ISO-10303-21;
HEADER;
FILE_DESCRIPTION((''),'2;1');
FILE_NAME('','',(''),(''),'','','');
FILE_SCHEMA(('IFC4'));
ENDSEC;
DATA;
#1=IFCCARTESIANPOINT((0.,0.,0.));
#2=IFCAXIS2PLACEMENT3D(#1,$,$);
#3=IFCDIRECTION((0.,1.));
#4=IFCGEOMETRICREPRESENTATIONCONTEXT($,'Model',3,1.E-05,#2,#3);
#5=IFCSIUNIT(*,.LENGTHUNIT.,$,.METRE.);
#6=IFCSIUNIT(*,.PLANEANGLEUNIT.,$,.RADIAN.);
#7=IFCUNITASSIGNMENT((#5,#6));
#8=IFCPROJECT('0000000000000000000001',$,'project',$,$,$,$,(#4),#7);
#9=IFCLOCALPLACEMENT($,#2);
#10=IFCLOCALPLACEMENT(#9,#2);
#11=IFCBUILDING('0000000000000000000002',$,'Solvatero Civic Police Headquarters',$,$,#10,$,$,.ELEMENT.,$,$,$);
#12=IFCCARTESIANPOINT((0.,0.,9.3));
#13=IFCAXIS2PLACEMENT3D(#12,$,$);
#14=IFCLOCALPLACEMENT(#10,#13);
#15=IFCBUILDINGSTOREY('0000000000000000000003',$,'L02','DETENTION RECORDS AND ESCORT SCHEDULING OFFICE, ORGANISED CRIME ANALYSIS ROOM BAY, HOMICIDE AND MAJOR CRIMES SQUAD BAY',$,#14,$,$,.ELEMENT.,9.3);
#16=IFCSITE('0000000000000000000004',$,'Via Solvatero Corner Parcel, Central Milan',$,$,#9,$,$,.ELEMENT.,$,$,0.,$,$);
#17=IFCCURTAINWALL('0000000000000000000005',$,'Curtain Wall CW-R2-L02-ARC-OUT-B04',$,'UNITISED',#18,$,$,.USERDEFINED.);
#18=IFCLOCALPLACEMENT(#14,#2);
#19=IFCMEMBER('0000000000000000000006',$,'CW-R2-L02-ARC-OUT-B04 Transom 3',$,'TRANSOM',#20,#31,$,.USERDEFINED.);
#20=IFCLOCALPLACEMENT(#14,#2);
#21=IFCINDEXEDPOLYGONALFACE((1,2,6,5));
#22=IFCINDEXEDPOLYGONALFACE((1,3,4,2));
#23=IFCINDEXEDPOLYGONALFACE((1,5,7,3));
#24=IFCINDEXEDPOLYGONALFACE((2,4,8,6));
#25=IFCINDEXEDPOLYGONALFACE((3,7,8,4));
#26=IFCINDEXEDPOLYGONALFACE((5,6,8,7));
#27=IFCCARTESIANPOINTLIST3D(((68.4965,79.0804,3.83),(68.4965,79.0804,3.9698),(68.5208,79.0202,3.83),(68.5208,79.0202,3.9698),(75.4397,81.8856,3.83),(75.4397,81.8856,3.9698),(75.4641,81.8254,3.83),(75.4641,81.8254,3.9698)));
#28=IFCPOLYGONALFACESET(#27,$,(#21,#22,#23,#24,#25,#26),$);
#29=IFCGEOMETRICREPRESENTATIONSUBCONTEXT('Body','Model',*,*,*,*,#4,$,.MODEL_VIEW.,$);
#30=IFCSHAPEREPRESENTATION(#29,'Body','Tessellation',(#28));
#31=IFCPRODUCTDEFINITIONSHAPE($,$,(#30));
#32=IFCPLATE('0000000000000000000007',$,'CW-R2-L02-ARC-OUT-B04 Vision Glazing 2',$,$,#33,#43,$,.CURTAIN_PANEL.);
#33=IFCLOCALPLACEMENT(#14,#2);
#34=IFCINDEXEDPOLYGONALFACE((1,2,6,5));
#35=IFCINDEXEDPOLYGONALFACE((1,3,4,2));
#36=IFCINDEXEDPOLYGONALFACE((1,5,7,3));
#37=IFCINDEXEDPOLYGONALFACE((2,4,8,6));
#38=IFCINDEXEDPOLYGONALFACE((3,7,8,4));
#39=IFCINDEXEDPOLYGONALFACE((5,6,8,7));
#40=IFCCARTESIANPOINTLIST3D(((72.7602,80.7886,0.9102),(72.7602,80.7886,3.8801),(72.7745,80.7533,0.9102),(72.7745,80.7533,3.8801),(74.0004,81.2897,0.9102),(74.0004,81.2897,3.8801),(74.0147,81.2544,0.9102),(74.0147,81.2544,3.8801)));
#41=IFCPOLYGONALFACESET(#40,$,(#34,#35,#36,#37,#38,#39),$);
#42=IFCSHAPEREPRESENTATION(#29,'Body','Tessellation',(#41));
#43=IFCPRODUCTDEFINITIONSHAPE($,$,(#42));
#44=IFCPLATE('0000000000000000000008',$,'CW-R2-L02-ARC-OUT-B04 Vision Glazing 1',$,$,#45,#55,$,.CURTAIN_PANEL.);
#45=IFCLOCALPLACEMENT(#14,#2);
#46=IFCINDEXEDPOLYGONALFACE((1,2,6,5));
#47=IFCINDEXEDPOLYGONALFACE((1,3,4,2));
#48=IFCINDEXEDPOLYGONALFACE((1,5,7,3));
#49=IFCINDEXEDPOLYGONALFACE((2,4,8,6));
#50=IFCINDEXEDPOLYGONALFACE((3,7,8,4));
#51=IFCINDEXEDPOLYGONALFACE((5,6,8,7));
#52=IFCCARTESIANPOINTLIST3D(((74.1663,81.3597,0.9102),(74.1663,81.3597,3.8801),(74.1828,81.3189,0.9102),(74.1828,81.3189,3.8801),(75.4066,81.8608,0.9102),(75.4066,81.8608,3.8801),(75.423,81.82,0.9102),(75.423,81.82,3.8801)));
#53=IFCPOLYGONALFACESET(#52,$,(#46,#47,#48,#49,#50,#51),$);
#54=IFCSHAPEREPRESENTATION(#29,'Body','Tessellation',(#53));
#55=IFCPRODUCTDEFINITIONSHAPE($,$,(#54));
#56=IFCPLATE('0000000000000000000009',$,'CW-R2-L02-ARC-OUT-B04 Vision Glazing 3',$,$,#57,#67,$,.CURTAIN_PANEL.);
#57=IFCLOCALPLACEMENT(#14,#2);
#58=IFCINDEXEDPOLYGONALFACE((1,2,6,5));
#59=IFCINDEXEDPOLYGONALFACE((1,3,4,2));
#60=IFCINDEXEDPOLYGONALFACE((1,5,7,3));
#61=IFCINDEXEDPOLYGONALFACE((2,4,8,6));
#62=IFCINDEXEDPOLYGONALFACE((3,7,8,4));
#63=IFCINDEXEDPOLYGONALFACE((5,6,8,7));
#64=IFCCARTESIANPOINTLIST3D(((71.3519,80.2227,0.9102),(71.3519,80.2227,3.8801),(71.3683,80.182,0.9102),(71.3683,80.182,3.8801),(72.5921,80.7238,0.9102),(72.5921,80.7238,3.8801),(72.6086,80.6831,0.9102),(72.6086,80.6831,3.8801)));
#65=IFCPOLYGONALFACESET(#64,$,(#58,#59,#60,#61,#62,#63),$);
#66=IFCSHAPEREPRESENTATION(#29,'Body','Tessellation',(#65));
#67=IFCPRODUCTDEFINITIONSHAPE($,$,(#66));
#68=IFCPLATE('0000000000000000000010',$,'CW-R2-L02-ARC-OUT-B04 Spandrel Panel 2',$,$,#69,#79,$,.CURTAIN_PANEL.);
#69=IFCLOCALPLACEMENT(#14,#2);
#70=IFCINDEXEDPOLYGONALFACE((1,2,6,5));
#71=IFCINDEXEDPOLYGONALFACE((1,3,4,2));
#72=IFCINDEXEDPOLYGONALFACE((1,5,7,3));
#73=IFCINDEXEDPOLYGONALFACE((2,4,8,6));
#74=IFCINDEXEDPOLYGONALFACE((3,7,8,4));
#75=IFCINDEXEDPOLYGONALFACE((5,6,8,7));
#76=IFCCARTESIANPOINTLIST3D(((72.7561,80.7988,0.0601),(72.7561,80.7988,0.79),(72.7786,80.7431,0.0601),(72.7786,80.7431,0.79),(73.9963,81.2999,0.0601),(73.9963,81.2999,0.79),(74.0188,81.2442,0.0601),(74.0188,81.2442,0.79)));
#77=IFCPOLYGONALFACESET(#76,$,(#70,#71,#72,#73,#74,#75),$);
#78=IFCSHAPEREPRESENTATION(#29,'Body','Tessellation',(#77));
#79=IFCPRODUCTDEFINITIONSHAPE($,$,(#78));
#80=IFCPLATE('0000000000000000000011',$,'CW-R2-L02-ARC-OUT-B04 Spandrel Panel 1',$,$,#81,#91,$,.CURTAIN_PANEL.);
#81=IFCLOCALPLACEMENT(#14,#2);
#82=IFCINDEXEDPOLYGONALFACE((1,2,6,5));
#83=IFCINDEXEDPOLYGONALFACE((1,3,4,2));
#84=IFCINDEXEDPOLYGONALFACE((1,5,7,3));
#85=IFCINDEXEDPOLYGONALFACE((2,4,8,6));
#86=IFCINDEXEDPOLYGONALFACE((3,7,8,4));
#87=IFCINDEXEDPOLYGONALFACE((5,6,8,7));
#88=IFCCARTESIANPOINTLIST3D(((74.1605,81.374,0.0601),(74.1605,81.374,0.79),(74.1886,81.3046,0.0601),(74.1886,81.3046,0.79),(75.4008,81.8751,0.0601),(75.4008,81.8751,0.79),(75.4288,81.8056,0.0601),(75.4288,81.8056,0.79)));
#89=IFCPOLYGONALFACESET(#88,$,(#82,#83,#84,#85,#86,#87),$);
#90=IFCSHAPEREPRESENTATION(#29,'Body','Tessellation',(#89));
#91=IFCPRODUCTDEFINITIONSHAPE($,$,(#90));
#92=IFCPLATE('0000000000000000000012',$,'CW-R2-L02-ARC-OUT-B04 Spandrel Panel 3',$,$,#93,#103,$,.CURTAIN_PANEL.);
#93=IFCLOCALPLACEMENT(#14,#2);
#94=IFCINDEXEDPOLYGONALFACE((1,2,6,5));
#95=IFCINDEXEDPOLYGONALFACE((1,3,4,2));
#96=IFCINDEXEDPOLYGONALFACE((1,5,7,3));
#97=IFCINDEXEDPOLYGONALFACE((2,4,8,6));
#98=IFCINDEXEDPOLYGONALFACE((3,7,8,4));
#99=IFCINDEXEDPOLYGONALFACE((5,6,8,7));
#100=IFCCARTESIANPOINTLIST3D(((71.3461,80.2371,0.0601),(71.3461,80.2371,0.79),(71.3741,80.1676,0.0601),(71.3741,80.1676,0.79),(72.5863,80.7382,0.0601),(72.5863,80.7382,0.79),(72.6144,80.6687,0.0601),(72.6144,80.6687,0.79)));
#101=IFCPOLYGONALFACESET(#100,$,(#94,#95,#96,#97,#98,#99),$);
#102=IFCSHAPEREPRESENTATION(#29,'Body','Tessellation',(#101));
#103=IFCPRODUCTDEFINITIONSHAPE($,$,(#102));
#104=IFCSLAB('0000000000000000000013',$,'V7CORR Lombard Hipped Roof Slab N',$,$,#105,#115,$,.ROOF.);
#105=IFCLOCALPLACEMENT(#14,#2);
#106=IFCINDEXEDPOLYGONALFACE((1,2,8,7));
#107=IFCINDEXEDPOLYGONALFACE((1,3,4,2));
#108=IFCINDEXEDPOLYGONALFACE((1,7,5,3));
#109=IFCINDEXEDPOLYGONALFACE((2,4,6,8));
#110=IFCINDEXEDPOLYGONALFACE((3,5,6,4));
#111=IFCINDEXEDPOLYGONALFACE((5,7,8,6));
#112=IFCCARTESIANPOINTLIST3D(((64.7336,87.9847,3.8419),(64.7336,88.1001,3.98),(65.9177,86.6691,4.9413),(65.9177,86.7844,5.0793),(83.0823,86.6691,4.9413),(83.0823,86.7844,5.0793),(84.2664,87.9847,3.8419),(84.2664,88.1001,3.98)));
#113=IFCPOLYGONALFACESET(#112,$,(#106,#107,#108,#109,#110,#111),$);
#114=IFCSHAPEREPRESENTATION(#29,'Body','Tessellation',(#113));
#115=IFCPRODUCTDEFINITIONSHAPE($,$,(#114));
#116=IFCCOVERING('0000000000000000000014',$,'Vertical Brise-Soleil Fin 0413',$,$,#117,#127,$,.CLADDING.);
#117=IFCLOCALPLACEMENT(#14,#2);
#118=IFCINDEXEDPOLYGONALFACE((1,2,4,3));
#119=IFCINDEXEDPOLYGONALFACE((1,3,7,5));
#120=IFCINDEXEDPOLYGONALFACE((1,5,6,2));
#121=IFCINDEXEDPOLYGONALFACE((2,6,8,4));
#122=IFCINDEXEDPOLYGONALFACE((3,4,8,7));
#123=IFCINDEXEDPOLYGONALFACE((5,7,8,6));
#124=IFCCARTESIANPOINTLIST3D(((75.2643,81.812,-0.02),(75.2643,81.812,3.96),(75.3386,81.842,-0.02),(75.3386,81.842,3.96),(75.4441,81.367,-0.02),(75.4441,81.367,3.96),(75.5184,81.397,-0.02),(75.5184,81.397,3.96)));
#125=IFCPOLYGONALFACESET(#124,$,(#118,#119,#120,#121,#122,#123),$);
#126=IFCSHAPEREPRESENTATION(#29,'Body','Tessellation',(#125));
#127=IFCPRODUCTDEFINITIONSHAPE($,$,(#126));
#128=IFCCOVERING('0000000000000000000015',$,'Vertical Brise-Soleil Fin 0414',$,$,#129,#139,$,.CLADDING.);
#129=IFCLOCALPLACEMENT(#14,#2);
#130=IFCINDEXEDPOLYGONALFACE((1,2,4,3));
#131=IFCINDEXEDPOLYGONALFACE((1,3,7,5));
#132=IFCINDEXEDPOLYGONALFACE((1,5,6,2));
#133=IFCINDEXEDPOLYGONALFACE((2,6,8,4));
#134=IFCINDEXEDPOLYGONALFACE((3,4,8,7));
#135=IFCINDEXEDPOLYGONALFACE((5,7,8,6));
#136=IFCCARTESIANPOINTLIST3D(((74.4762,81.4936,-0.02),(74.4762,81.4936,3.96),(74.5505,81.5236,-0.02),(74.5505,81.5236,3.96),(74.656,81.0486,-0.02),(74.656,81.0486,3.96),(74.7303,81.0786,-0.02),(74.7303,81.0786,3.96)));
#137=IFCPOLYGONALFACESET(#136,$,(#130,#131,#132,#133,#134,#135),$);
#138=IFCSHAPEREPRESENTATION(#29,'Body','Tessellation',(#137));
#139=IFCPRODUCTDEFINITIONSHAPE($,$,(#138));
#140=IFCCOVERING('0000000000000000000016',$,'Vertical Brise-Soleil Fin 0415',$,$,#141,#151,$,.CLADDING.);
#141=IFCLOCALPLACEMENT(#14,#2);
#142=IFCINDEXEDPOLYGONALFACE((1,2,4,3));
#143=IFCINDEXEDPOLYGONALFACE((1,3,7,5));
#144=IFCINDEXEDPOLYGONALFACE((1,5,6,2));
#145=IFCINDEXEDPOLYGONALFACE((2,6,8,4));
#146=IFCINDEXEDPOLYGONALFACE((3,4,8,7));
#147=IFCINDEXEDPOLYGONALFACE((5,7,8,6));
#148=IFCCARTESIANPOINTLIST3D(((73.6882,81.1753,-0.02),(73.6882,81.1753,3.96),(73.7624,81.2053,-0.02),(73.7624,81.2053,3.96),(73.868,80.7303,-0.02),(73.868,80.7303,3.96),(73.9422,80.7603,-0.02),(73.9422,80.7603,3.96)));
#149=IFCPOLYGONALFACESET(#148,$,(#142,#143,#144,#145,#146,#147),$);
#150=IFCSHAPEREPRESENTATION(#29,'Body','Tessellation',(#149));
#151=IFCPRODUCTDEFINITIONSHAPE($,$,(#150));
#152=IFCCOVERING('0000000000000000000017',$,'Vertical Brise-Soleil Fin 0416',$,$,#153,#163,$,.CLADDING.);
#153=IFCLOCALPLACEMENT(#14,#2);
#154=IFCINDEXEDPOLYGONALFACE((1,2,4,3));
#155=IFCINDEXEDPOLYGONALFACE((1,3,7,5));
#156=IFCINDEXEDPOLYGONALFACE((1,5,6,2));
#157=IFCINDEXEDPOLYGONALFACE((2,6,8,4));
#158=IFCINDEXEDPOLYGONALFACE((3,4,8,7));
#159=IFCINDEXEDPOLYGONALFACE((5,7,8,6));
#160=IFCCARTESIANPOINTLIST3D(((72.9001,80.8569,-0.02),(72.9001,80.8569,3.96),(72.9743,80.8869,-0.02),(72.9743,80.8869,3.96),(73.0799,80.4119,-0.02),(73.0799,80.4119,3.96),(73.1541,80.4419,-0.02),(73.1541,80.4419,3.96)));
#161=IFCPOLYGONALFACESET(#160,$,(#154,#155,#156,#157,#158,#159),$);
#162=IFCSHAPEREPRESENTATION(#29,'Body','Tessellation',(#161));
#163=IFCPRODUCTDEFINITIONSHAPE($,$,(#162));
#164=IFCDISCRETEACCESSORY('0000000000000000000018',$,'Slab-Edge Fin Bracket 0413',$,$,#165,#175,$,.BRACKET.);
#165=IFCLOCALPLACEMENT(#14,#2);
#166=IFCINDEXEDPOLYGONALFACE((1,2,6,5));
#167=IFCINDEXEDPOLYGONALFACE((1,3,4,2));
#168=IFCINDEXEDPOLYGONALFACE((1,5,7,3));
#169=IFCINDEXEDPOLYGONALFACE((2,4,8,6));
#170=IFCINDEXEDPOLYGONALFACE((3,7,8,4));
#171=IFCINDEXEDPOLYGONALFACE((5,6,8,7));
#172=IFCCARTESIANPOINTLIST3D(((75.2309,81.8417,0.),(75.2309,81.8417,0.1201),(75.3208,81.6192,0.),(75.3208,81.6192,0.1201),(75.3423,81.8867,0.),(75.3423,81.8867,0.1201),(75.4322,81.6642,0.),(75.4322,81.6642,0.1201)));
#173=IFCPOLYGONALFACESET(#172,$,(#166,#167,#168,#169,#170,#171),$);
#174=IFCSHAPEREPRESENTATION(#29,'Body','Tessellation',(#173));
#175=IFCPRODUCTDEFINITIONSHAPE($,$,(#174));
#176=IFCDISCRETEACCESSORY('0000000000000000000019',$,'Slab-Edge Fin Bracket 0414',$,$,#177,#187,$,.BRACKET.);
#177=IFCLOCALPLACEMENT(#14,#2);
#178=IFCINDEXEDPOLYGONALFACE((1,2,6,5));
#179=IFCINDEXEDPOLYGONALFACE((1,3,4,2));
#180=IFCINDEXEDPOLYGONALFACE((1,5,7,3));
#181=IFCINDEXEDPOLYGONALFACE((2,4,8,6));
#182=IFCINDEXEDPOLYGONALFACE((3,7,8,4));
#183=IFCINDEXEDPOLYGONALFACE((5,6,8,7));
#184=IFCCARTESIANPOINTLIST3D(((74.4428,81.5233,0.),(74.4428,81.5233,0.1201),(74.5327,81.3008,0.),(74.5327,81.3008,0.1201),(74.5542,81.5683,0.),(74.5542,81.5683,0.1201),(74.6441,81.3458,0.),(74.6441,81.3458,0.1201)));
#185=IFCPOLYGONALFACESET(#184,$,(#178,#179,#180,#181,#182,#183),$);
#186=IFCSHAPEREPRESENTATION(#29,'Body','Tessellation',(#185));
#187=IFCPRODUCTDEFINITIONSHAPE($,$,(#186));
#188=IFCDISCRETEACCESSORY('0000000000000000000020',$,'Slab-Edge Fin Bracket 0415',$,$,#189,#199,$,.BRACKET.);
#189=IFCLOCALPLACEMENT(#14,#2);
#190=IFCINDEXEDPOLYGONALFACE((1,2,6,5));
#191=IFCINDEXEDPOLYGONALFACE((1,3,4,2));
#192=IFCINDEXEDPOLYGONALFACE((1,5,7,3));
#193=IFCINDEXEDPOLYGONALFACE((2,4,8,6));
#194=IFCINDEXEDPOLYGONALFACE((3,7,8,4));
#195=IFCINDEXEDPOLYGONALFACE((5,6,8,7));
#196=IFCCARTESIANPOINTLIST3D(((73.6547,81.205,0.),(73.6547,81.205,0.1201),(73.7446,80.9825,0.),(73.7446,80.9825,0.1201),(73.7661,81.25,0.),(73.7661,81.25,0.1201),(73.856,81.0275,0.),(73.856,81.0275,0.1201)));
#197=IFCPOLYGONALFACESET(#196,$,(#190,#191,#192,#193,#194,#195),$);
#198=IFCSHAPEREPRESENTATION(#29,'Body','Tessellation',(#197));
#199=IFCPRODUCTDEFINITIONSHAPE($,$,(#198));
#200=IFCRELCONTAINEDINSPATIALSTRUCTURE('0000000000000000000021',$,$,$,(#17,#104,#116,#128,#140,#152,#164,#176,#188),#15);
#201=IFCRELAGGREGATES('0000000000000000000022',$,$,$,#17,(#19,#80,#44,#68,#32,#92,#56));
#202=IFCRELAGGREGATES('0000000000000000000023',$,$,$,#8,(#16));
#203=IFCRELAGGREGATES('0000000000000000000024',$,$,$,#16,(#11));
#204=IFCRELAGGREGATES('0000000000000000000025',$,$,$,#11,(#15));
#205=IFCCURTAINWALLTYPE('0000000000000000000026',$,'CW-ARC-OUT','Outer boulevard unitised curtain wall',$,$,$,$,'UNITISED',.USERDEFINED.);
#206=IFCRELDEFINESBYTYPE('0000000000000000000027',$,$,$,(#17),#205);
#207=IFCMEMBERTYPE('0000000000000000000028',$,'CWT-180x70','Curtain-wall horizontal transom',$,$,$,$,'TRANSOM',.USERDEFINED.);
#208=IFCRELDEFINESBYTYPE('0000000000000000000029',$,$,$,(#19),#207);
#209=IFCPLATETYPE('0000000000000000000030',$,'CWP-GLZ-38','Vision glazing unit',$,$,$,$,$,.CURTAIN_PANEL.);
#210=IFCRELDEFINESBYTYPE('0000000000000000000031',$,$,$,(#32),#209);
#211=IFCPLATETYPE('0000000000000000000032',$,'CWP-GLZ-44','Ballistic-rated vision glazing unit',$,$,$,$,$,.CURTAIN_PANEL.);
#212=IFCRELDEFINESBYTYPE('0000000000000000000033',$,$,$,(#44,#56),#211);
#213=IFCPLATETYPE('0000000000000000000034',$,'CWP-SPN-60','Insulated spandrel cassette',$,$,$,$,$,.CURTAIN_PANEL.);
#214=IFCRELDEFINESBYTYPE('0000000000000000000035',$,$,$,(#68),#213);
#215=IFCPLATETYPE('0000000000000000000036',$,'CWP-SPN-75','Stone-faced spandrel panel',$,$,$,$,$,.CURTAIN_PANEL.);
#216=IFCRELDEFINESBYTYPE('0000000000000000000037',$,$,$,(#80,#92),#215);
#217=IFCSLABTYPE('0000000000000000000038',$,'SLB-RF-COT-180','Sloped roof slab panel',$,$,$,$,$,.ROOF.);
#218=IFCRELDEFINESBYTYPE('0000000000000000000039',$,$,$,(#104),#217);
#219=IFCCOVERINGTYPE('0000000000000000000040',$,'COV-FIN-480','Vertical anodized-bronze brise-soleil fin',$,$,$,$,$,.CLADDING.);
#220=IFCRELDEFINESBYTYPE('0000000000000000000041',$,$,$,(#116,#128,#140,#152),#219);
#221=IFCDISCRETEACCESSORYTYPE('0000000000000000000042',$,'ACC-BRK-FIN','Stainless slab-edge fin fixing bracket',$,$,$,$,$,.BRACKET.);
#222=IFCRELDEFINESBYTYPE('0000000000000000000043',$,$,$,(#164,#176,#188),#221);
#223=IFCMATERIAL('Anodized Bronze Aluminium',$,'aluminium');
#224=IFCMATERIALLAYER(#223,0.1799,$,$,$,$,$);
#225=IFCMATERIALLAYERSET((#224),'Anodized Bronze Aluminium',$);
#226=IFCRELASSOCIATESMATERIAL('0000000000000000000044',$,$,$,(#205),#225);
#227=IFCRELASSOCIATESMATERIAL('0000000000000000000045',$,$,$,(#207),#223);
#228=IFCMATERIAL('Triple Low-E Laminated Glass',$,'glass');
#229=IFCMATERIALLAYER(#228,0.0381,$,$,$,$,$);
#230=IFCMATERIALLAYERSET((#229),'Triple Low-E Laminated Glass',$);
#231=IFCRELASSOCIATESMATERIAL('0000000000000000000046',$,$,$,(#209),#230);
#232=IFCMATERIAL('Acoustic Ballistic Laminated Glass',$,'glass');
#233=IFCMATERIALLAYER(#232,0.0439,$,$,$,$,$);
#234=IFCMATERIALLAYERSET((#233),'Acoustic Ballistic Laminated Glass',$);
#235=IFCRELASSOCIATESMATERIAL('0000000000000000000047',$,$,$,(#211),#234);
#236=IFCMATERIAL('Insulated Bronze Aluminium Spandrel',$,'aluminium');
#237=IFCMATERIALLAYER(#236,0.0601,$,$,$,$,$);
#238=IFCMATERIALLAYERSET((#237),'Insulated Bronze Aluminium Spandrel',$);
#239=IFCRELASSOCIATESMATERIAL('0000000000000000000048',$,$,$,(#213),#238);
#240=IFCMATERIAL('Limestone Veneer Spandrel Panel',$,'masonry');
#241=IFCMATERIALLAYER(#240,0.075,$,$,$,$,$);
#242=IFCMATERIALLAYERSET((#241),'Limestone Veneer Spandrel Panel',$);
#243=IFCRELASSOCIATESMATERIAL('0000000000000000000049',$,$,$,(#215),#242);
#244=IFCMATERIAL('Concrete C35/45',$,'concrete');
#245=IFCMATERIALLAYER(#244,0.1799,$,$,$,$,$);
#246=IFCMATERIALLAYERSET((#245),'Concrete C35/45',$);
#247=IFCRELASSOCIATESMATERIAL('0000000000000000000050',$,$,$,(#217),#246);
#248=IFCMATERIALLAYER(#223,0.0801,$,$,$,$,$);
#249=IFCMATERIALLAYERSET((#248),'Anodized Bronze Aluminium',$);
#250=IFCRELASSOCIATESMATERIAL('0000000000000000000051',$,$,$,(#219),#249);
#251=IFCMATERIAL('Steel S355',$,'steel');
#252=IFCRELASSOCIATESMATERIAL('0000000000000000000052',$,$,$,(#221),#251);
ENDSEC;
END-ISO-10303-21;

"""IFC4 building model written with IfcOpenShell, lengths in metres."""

from ifc_helpers import new_model, si_unit, direction, frame, origin, origin_2d, place, context, subcontext, project, spatial, polyline, rectangle, outline, extrude, material, layer, layer_set, material_profile, profile_set, type_object, element, aggregate, save


model = new_model("IFC4")

# Units and contexts
model_context = context("Model", 3, precision=1e-05, world=origin(), true_north=direction((0.0, 1.0)))
body_context = subcontext(model_context, "Body", "Model", "MODEL_VIEW")
ifc_project = project(units=[si_unit("LENGTHUNIT", "METRE"), si_unit("PLANEANGLEUNIT", "RADIAN")], contexts=[model_context])

# Site, building, storey
site_placement = place(None, origin())
site = spatial("IfcSite", under=ifc_project, at=site_placement, Name="Via Solvatero Corner Parcel, Central Milan", CompositionType="ELEMENT", RefElevation=0.0)
building_placement = place(site_placement, origin())
building = spatial("IfcBuilding", under=site, at=building_placement, Name="Solvatero Civic Police Headquarters", CompositionType="ELEMENT")
storey_placement = place(building_placement, frame((0.0, 0.0, 9.3)))
storey = spatial("IfcBuildingStorey", under=building, at=storey_placement, Name="L02", Description="DETENTION RECORDS AND ESCORT SCHEDULING OFFICE, ORGANISED CRIME ANALYSIS ROOM BAY, HOMICIDE AND MAJOR CRIMES SQUAD BAY", CompositionType="ELEMENT", Elevation=9.3)

# Shared definitions
ifc_material_1 = material(Name="Steel S355", Category="steel")

# Shared definitions
ifc_material_2 = material(Name="Anodized Bronze Aluminium", Category="aluminium")
ifc_layer_1 = layer(ifc_material_2, 0.1799)
ifc_layer_set_1 = layer_set([ifc_layer_1], Name="Anodized Bronze Aluminium")
curtain_wall_type = type_object("IfcCurtainWallType", Name="CW-ARC-OUT", Description="Outer boulevard unitised curtain wall", ElementType="UNITISED", PredefinedType="USERDEFINED", material=ifc_layer_set_1)

# Curtain wall, member, plates
curtain_wall_1_placement = place(storey_placement, origin())
curtain_wall_1 = element("IfcCurtainWall", 1, at=curtain_wall_1_placement, inside=storey, type_object=curtain_wall_type, Name="Curtain Wall CW-R2-L02-ARC-OUT-B04", ObjectType="UNITISED", PredefinedType="USERDEFINED")
ifc_material_profile_1 = material_profile(ifc_material_2, rectangle(XDim=0.0649, YDim=0.1399, at=origin_2d()), Name="ALU TRANSOM 65x140")
ifc_profile_set_1 = profile_set([ifc_material_profile_1], Name="Anodized Bronze Aluminium")
member_type_1 = type_object("IfcMemberType", Name="CWT-180x70", Description="Curtain-wall horizontal transom", ElementType="TRANSOM", PredefinedType="USERDEFINED", material=ifc_profile_set_1)
member_1_placement = place(storey_placement, frame((75.4519, 81.8555, 3.8999), z_axis=(-0.92719, -0.374592, 0.0), x_axis=(0.374592, -0.92719, 0.0)))
member_1 = element("IfcMember", 2, at=member_1_placement, type_object=member_type_1, Name="CW-R2-L02-ARC-OUT-B04 Transom 3", ObjectType="TRANSOM", PredefinedType="USERDEFINED", context=body_context, shape_type="SweptSolid", body=[
    extrude(rectangle(XDim=0.0649, YDim=0.1399, at=origin_2d()), origin(), (0.0, 0.0, 1.0), 7.4885),
])
ifc_material_3 = material(Name="Triple Low-E Laminated Glass", Category="glass")
ifc_layer_2 = layer(ifc_material_3, 0.0381)
ifc_layer_set_2 = layer_set([ifc_layer_2], Name="Triple Low-E Laminated Glass")
plate_type_1 = type_object("IfcPlateType", Name="CWP-GLZ-38", Description="Vision glazing unit", PredefinedType="CURTAIN_PANEL", material=ifc_layer_set_2)
plate_1_placement = place(storey_placement, frame((73.3875, 81.0215, 0.9102), z_axis=(0.0, 0.0, 1.0), x_axis=(-0.927184, -0.374607, 0.0)))
plate_1 = element("IfcPlate", 3, at=plate_1_placement, type_object=plate_type_1, Name="CW-R2-L02-ARC-OUT-B04 Vision Glazing 2", PredefinedType="CURTAIN_PANEL", context=body_context, shape_type="SweptSolid", body=[
    extrude(rectangle(XDim=1.3376, YDim=0.0381, at=origin_2d()), origin(), (0.0, 0.0, 1.0), 2.97),
])
ifc_material_4 = material(Name="Acoustic Ballistic Laminated Glass", Category="glass")
ifc_layer_3 = layer(ifc_material_4, 0.0439)
ifc_layer_set_3 = layer_set([ifc_layer_3], Name="Acoustic Ballistic Laminated Glass")
plate_type_2 = type_object("IfcPlateType", Name="CWP-GLZ-44", Description="Ballistic-rated vision glazing unit", PredefinedType="CURTAIN_PANEL", material=ifc_layer_set_3)
plate_2_placement = place(storey_placement, frame((74.7947, 81.5898, 0.9102), z_axis=(0.0, 0.0, 1.0), x_axis=(-0.927184, -0.374607, 0.0)))
plate_2 = element("IfcPlate", 4, at=plate_2_placement, type_object=plate_type_2, Name="CW-R2-L02-ARC-OUT-B04 Vision Glazing 1", PredefinedType="CURTAIN_PANEL", context=body_context, shape_type="SweptSolid", body=[
    extrude(rectangle(XDim=1.3376, YDim=0.0439, at=origin_2d()), origin(), (0.0, 0.0, 1.0), 2.97),
])
plate_3_placement = place(storey_placement, frame((71.9802, 80.4529, 0.9102), z_axis=(0.0, 0.0, 1.0), x_axis=(-0.927184, -0.374607, 0.0)))
plate_3 = element("IfcPlate", 5, at=plate_3_placement, type_object=plate_type_2, Name="CW-R2-L02-ARC-OUT-B04 Vision Glazing 3", PredefinedType="CURTAIN_PANEL", context=body_context, shape_type="SweptSolid", body=[
    extrude(rectangle(XDim=1.3376, YDim=0.0439, at=origin_2d()), origin(), (0.0, 0.0, 1.0), 2.97),
])
ifc_material_5 = material(Name="Insulated Bronze Aluminium Spandrel", Category="aluminium")
ifc_layer_4 = layer(ifc_material_5, 0.0601)
ifc_layer_set_4 = layer_set([ifc_layer_4], Name="Insulated Bronze Aluminium Spandrel")
plate_type_3 = type_object("IfcPlateType", Name="CWP-SPN-60", Description="Insulated spandrel cassette", PredefinedType="CURTAIN_PANEL", material=ifc_layer_set_4)
plate_4_placement = place(storey_placement, frame((73.3875, 81.0215, 0.0601), z_axis=(0.0, 0.0, 1.0), x_axis=(-0.927184, -0.374607, 0.0)))
plate_4 = element("IfcPlate", 6, at=plate_4_placement, type_object=plate_type_3, Name="CW-R2-L02-ARC-OUT-B04 Spandrel Panel 2", PredefinedType="CURTAIN_PANEL", context=body_context, shape_type="SweptSolid", body=[
    extrude(rectangle(XDim=1.3376, YDim=0.0601, at=origin_2d()), origin(), (0.0, 0.0, 1.0), 0.73),
])
ifc_material_6 = material(Name="Limestone Veneer Spandrel Panel", Category="masonry")
ifc_layer_5 = layer(ifc_material_6, 0.075)
ifc_layer_set_5 = layer_set([ifc_layer_5], Name="Limestone Veneer Spandrel Panel")
plate_type_4 = type_object("IfcPlateType", Name="CWP-SPN-75", Description="Stone-faced spandrel panel", PredefinedType="CURTAIN_PANEL", material=ifc_layer_set_5)
plate_5_placement = place(storey_placement, frame((74.7947, 81.5898, 0.0601), z_axis=(0.0, 0.0, 1.0), x_axis=(-0.927184, -0.374607, 0.0)))
plate_5 = element("IfcPlate", 7, at=plate_5_placement, type_object=plate_type_4, Name="CW-R2-L02-ARC-OUT-B04 Spandrel Panel 1", PredefinedType="CURTAIN_PANEL", context=body_context, shape_type="SweptSolid", body=[
    extrude(rectangle(XDim=1.3376, YDim=0.075, at=origin_2d()), origin(), (0.0, 0.0, 1.0), 0.73),
])
plate_6_placement = place(storey_placement, frame((71.9802, 80.4529, 0.0601), z_axis=(0.0, 0.0, 1.0), x_axis=(-0.927184, -0.374607, 0.0)))
plate_6 = element("IfcPlate", 8, at=plate_6_placement, type_object=plate_type_4, Name="CW-R2-L02-ARC-OUT-B04 Spandrel Panel 3", PredefinedType="CURTAIN_PANEL", context=body_context, shape_type="SweptSolid", body=[
    extrude(rectangle(XDim=1.3376, YDim=0.075, at=origin_2d()), origin(), (0.0, 0.0, 1.0), 0.73),
])
aggregate(curtain_wall_1, [member_1, plate_5, plate_2, plate_4, plate_1, plate_6, plate_3])

# Slab
ifc_material_7 = material(Name="Concrete C35/45", Category="concrete")
ifc_layer_6 = layer(ifc_material_7, 0.1799)
ifc_layer_set_6 = layer_set([ifc_layer_6], Name="Concrete C35/45")
slab_type = type_object("IfcSlabType", Name="SLB-RF-COT-180", Description="Sloped roof slab panel", PredefinedType="ROOF", material=ifc_layer_set_6)
slab_placement = place(storey_placement, frame((65.9177, 86.7844, 5.0793), z_axis=(0.0, 0.641206, 0.767369), x_axis=(-0.568269, 0.631423, -0.527612)))
element("IfcSlab", 9, at=slab_placement, inside=storey, type_object=slab_type, Name="V7CORR Lombard Hipped Roof Slab N", PredefinedType="ROOF", context=body_context, shape_type="SweptSolid", body=[
    extrude(outline(polyline([(0.0, 0.0), (2.0837, 0.0), (-9.0162, -16.0723), (-9.7541, -14.1237), (0.0, 0.0)])), origin(), (0.0, 0.0, -1.0), 0.1799),
])

# Coverings
ifc_layer_7 = layer(ifc_material_2, 0.0801)
ifc_layer_set_7 = layer_set([ifc_layer_7], Name="Anodized Bronze Aluminium")
covering_type = type_object("IfcCoveringType", Name="COV-FIN-480", Description="Vertical anodized-bronze brise-soleil fin", PredefinedType="CLADDING", material=ifc_layer_set_7)
for number, where, z_axis, x_axis, name in (
    (10, (75.3914, 81.6045, -0.02), (0.0, 0.0, 1.0), (-0.927184, -0.374607, 0.0), "Vertical Brise-Soleil Fin 0413"),
    (11, (74.6033, 81.2861, -0.02), (0.0, 0.0, 1.0), (-0.927184, -0.374607, 0.0), "Vertical Brise-Soleil Fin 0414"),
    (12, (73.8152, 80.9678, -0.02), (0.0, 0.0, 1.0), (-0.927184, -0.374607, 0.0), "Vertical Brise-Soleil Fin 0415"),
    (13, (73.0271, 80.6494, -0.02), (0.0, 0.0, 1.0), (-0.927184, -0.374607, 0.0), "Vertical Brise-Soleil Fin 0416"),
):
    element("IfcCovering", number, at=place(storey_placement, frame(where, z_axis=z_axis, x_axis=x_axis)), inside=storey, type_object=covering_type, Name=name, PredefinedType="CLADDING", context=body_context, shape_type="SweptSolid", body=[
        extrude(rectangle(XDim=0.0801, YDim=0.48, at=origin_2d()), origin(), (0.0, 0.0, 1.0), 3.98),
    ])

# Discrete accessories
discrete_accessory_type = type_object("IfcDiscreteAccessoryType", Name="ACC-BRK-FIN", Description="Stainless slab-edge fin fixing bracket", PredefinedType="BRACKET", material=ifc_material_1)
for number, where, z_axis, x_axis, name in (
    (14, (75.3315, 81.7529, 0.0), (0.0, 0.0, 1.0), (-0.927184, -0.374607, 0.0), "Slab-Edge Fin Bracket 0413"),
    (15, (74.5435, 81.4346, 0.0), (0.0, 0.0, 1.0), (-0.927184, -0.374607, 0.0), "Slab-Edge Fin Bracket 0414"),
    (16, (73.7554, 81.1162, 0.0), (0.0, 0.0, 1.0), (-0.927184, -0.374607, 0.0), "Slab-Edge Fin Bracket 0415"),
):
    element("IfcDiscreteAccessory", number, at=place(storey_placement, frame(where, z_axis=z_axis, x_axis=x_axis)), inside=storey, type_object=discrete_accessory_type, Name=name, PredefinedType="BRACKET", context=body_context, shape_type="SweptSolid", body=[
        extrude(rectangle(XDim=0.1201, YDim=0.24, at=origin_2d()), origin(), (0.0, 0.0, 1.0), 0.1201),
    ])

save(model, "model.ifc")
